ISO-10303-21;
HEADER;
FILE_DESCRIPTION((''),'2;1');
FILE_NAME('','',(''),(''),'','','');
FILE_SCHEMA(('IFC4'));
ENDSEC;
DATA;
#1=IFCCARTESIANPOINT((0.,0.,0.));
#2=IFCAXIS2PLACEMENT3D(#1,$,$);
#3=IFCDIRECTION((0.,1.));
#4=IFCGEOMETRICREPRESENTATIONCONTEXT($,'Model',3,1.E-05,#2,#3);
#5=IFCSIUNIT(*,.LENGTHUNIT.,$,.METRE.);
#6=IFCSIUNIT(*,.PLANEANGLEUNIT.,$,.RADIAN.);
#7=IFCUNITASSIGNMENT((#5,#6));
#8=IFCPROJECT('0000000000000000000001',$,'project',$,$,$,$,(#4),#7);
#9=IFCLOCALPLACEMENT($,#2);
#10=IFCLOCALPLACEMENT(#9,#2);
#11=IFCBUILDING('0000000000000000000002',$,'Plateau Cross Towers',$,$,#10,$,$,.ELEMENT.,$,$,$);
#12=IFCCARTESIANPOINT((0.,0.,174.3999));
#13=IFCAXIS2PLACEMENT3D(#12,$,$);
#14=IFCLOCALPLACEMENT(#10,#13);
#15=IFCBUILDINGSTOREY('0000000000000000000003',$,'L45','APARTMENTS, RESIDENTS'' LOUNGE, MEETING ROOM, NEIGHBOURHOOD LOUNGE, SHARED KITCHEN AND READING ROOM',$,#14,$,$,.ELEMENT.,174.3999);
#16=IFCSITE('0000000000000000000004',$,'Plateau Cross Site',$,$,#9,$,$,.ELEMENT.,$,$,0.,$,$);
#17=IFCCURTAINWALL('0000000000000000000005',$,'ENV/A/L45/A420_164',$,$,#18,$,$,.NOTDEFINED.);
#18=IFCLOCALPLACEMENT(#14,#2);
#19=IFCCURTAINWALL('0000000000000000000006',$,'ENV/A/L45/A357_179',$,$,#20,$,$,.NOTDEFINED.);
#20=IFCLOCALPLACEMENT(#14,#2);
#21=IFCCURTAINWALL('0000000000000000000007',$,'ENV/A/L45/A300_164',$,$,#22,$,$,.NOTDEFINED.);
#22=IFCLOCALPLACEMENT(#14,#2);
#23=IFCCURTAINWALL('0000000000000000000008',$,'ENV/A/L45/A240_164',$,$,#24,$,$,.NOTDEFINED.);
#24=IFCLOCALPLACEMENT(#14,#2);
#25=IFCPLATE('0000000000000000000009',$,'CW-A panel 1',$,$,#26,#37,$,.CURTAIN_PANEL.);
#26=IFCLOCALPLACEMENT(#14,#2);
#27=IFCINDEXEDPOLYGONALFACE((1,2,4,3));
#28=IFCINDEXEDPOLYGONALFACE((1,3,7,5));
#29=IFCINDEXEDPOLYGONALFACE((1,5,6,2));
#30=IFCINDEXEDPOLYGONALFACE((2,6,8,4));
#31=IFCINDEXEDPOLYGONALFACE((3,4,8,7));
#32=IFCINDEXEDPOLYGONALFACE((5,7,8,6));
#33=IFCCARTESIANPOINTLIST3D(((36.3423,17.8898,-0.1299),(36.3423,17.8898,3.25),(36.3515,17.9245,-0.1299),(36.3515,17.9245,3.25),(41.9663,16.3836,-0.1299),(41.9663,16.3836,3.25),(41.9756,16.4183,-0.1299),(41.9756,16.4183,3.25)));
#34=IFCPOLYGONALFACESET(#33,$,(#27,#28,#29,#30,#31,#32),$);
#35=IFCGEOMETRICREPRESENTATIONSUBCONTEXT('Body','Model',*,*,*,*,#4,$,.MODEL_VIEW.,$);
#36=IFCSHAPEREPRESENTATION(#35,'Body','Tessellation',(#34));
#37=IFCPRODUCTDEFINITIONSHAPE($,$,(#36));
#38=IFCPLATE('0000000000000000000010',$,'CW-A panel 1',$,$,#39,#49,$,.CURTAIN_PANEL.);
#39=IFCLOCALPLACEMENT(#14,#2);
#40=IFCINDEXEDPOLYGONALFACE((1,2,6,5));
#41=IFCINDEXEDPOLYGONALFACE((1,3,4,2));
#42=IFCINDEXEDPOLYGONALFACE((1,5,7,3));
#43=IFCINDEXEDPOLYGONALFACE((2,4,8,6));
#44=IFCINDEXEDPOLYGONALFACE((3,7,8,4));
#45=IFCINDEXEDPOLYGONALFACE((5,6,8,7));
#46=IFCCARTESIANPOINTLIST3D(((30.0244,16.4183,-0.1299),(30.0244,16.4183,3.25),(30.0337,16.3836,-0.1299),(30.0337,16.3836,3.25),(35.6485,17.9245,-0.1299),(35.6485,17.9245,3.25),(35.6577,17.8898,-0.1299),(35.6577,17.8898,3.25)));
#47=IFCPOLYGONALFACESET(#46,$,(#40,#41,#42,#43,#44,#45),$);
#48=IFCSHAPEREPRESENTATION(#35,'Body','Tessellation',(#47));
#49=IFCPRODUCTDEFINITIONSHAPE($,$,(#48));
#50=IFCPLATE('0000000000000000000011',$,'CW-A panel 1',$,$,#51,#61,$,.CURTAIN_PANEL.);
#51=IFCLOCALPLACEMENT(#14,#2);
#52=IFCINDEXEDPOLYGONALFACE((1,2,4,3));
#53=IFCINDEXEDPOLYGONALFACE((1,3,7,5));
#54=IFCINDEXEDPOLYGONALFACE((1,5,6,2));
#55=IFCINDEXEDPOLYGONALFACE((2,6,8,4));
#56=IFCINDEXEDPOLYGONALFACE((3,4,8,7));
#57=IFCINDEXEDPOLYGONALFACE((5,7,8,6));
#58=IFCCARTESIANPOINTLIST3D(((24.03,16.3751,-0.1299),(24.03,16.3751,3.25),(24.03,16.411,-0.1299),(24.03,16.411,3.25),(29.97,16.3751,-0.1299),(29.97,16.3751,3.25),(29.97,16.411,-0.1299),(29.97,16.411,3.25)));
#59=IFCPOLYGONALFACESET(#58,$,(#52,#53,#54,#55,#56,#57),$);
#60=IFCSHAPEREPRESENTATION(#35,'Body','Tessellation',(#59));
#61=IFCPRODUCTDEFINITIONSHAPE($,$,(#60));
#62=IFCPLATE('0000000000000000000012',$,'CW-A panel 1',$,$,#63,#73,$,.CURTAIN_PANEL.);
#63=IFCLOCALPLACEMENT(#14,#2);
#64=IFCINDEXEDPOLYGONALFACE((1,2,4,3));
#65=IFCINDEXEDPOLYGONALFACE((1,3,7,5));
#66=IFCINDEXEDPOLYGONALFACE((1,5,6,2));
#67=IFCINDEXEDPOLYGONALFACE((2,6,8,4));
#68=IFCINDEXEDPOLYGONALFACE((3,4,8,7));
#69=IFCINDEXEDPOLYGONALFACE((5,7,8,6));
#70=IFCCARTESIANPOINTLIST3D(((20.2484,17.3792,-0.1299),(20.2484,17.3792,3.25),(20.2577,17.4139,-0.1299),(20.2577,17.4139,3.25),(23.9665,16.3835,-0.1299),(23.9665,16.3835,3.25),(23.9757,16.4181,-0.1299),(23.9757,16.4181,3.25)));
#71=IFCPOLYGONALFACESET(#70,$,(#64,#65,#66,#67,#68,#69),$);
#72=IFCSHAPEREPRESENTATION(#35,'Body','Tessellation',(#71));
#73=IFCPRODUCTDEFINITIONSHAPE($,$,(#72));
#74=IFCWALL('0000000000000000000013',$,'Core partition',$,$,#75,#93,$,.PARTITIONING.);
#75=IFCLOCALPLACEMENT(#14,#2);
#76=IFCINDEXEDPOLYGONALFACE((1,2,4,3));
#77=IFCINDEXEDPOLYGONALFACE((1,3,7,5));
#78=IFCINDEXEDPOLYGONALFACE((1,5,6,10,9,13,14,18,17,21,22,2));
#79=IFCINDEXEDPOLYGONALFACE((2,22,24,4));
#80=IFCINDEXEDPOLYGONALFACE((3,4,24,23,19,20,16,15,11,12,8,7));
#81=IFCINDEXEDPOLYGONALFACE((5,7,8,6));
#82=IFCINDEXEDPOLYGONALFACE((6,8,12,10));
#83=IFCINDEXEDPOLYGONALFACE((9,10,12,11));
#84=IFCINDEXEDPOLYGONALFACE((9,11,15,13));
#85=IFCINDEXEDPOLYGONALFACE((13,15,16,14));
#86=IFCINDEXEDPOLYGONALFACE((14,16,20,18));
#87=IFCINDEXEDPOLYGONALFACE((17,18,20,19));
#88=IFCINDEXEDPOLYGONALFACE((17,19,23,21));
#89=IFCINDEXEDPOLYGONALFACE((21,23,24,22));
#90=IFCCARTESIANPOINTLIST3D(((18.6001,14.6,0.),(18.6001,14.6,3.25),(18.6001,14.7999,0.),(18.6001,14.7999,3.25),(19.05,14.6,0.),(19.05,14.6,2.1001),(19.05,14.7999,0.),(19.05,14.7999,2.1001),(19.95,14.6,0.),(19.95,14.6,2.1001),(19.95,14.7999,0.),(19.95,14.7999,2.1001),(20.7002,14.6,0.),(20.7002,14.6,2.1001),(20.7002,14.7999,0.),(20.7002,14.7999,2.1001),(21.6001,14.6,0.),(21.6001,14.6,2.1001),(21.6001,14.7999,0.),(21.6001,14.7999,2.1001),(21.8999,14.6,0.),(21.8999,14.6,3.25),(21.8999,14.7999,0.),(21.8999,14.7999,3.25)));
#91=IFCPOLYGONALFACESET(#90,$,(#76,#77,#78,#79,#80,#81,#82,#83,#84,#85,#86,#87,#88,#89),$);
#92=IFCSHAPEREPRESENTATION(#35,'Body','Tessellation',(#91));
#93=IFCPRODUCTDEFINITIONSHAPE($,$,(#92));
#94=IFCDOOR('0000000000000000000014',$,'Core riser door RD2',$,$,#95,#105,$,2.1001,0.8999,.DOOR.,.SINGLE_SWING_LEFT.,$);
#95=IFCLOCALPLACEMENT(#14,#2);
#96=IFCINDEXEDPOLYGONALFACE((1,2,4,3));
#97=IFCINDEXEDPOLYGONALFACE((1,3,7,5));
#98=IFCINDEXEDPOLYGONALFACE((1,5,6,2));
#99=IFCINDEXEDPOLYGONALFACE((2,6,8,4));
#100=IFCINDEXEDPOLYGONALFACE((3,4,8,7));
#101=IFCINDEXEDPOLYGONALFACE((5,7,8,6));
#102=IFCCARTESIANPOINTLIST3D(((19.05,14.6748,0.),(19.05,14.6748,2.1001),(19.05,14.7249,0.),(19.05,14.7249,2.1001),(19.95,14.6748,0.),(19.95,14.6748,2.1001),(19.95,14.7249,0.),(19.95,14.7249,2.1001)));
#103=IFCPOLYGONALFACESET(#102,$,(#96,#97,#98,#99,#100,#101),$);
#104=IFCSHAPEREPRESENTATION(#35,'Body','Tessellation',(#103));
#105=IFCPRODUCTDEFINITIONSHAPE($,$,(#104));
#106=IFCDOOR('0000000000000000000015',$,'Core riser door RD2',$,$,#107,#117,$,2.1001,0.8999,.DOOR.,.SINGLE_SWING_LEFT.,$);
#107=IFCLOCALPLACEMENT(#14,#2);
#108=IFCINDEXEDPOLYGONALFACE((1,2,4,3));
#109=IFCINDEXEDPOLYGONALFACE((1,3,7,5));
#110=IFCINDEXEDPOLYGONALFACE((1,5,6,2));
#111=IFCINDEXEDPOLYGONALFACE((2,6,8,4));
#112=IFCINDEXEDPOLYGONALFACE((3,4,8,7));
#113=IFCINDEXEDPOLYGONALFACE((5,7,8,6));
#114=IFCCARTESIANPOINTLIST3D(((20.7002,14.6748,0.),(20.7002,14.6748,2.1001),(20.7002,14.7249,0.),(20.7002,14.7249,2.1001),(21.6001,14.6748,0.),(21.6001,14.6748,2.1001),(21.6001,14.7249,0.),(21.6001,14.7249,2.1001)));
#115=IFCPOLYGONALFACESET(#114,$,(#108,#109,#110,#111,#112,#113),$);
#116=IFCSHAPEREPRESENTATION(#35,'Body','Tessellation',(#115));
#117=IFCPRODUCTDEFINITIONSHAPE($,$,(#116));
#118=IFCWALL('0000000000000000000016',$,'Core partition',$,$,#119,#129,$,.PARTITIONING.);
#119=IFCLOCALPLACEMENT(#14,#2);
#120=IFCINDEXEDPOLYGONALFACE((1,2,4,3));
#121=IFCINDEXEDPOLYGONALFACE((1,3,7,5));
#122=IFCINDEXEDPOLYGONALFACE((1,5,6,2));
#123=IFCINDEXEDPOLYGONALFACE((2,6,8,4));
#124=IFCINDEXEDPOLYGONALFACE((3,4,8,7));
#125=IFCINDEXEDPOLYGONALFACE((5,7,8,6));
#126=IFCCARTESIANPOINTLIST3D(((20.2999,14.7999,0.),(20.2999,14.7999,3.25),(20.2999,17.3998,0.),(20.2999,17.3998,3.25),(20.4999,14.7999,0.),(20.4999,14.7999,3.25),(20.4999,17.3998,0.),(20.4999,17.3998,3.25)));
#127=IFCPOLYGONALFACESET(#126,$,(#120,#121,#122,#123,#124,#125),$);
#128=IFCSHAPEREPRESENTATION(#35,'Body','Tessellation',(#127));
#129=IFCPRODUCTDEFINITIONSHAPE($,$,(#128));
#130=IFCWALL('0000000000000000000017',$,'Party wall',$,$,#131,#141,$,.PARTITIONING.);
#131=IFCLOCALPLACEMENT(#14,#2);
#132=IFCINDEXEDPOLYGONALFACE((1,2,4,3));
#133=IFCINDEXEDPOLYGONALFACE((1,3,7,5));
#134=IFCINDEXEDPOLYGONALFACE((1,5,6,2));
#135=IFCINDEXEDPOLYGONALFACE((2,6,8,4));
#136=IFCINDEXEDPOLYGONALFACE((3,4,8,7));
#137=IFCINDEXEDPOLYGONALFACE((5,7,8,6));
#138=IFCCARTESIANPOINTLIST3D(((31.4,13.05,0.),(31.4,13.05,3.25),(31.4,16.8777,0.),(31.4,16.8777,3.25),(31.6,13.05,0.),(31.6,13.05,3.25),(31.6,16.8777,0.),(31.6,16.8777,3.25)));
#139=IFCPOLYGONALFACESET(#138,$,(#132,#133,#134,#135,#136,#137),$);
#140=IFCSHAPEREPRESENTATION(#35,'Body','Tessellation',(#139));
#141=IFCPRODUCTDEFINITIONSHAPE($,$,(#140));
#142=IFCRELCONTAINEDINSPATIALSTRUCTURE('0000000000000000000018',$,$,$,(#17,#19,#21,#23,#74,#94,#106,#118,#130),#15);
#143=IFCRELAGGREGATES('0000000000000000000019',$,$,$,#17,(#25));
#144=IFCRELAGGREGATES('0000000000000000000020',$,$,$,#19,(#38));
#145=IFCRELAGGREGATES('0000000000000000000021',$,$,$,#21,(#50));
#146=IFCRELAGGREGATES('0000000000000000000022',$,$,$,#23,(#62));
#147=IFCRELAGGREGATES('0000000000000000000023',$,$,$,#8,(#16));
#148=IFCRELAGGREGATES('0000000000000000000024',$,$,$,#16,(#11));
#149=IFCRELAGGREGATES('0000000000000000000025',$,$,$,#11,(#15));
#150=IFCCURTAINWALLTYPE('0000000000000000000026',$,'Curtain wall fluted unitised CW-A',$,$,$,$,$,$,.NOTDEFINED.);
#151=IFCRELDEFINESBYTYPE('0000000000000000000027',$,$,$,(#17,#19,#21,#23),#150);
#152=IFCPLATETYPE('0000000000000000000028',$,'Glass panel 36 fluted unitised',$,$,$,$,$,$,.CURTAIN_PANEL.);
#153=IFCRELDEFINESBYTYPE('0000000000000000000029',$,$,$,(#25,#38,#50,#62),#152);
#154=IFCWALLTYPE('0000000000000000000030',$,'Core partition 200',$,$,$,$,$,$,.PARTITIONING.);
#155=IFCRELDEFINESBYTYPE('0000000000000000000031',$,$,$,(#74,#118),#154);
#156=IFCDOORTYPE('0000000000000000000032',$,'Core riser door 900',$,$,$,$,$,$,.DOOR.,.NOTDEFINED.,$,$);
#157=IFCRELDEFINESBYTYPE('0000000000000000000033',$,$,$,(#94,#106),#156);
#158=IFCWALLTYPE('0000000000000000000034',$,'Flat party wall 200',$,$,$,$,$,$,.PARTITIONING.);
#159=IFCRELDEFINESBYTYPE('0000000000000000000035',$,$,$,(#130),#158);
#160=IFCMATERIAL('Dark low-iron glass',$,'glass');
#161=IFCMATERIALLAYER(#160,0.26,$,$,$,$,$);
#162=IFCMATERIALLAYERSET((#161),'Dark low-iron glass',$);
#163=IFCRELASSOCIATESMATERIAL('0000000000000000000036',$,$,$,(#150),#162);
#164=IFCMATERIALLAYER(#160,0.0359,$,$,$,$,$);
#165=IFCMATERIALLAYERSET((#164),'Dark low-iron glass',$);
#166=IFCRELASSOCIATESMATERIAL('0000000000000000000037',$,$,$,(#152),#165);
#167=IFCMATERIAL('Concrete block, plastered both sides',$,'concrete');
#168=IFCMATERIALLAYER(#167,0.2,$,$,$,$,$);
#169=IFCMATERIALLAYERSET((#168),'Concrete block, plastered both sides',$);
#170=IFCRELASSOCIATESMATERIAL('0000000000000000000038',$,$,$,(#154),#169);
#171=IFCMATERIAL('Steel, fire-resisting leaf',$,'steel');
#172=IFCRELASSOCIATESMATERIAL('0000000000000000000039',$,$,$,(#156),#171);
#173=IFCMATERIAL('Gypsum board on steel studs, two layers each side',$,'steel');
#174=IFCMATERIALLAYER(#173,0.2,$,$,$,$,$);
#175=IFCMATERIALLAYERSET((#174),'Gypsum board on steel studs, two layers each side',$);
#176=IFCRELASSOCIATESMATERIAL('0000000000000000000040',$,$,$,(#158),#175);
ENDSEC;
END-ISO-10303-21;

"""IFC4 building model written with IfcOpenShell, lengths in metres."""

from ifc_helpers import new_model, si_unit, direction, frame, frame_2d, origin, origin_2d, place, context, subcontext, project, spatial, rectangle, extrude, material, layer, layer_set, type_object, element, fill, aggregate, save


model = new_model("IFC4")

# Units and contexts
model_context = context("Model", 3, precision=1e-05, world=origin(), true_north=direction((0.0, 1.0)))
body_context = subcontext(model_context, "Body", "Model", "MODEL_VIEW")
ifc_project = project(units=[si_unit("LENGTHUNIT", "METRE"), si_unit("PLANEANGLEUNIT", "RADIAN")], contexts=[model_context])

# Site, building, storey
site_placement = place(None, origin())
site = spatial("IfcSite", under=ifc_project, at=site_placement, Name="Plateau Cross Site", CompositionType="ELEMENT", RefElevation=0.0)
building_placement = place(site_placement, origin())
building = spatial("IfcBuilding", under=site, at=building_placement, Name="Plateau Cross Towers", CompositionType="ELEMENT")
storey_placement = place(building_placement, frame((0.0, 0.0, 174.3999)))
storey = spatial("IfcBuildingStorey", under=building, at=storey_placement, Name="L45", Description="APARTMENTS, RESIDENTS' LOUNGE, MEETING ROOM, NEIGHBOURHOOD LOUNGE, SHARED KITCHEN AND READING ROOM", CompositionType="ELEMENT", Elevation=174.3999)

# Shared definitions
ifc_material_1 = material(Name="Dark low-iron glass", Category="glass")

# Curtain walls
ifc_layer_1 = layer(ifc_material_1, 0.26)
ifc_layer_set_1 = layer_set([ifc_layer_1], Name="Dark low-iron glass")
curtain_wall_type_1 = type_object("IfcCurtainWallType", Name="Curtain wall fluted unitised CW-A", PredefinedType="NOTDEFINED", material=ifc_layer_set_1)
curtain_wall_1_placement = place(storey_placement, origin())
curtain_wall_1 = element("IfcCurtainWall", 1, at=curtain_wall_1_placement, inside=storey, type_object=curtain_wall_type_1, Name="ENV/A/L45/A420_164", PredefinedType="NOTDEFINED")
curtain_wall_2_placement = place(storey_placement, origin())
curtain_wall_2 = element("IfcCurtainWall", 2, at=curtain_wall_2_placement, inside=storey, type_object=curtain_wall_type_1, Name="ENV/A/L45/A357_179", PredefinedType="NOTDEFINED")
curtain_wall_3_placement = place(storey_placement, origin())
curtain_wall_3 = element("IfcCurtainWall", 3, at=curtain_wall_3_placement, inside=storey, type_object=curtain_wall_type_1, Name="ENV/A/L45/A300_164", PredefinedType="NOTDEFINED")
curtain_wall_4_placement = place(storey_placement, origin())
curtain_wall_4 = element("IfcCurtainWall", 4, at=curtain_wall_4_placement, inside=storey, type_object=curtain_wall_type_1, Name="ENV/A/L45/A240_164", PredefinedType="NOTDEFINED")

# Plates
ifc_layer_2 = layer(ifc_material_1, 0.0359)
ifc_layer_set_2 = layer_set([ifc_layer_2], Name="Dark low-iron glass")
plate_type_1 = type_object("IfcPlateType", Name="Glass panel 36 fluted unitised", PredefinedType="CURTAIN_PANEL", material=ifc_layer_set_2)
plate_1_placement = place(storey_placement, frame((39.1589, 17.1541, -0.1299), z_axis=(0.0, 0.0, 1.0), x_axis=(-0.965958, 0.258699, 0.0)))
plate_1 = element("IfcPlate", 5, at=plate_1_placement, type_object=plate_type_1, Name="CW-A panel 1", PredefinedType="CURTAIN_PANEL", context=body_context, shape_type="SweptSolid", body=[
    extrude(rectangle(XDim=5.8223, YDim=0.0359, at=origin_2d()), origin(), (0.0, 0.0, 1.0), 3.3799),
])
aggregate(curtain_wall_1, [plate_1])
plate_2_placement = place(storey_placement, frame((32.8411, 17.1541, -0.1299), z_axis=(0.0, 0.0, 1.0), x_axis=(-0.965958, -0.258699, 0.0)))
plate_2 = element("IfcPlate", 6, at=plate_2_placement, type_object=plate_type_1, Name="CW-A panel 1", PredefinedType="CURTAIN_PANEL", context=body_context, shape_type="SweptSolid", body=[
    extrude(rectangle(XDim=5.8223, YDim=0.0359, at=origin_2d()), origin(), (0.0, 0.0, 1.0), 3.3799),
])
aggregate(curtain_wall_2, [plate_2])
plate_3_placement = place(storey_placement, frame((27.0, 16.3931, -0.1299), z_axis=(0.0, 0.0, 1.0), x_axis=(-1.0, 0.0, 0.0)))
plate_3 = element("IfcPlate", 7, at=plate_3_placement, type_object=plate_type_1, Name="CW-A panel 1", PredefinedType="CURTAIN_PANEL", context=body_context, shape_type="SweptSolid", body=[
    extrude(rectangle(XDim=5.9399, YDim=0.0359, at=origin_2d()), origin(), (0.0, 0.0, 1.0), 3.3799),
])
aggregate(curtain_wall_3, [plate_3])
plate_4_placement = place(storey_placement, frame((22.1121, 16.8987, -0.1299), z_axis=(0.0, 0.0, 1.0), x_axis=(-0.965958, 0.258699, 0.0)))
plate_4 = element("IfcPlate", 8, at=plate_4_placement, type_object=plate_type_1, Name="CW-A panel 1", PredefinedType="CURTAIN_PANEL", context=body_context, shape_type="SweptSolid", body=[
    extrude(rectangle(XDim=3.8491, YDim=0.0359, at=origin_2d()), origin(), (0.0, 0.0, 1.0), 3.3799),
])
aggregate(curtain_wall_4, [plate_4])

# Wall, openings, doors
ifc_material_2 = material(Name="Concrete block, plastered both sides", Category="concrete")
ifc_layer_3 = layer(ifc_material_2, 0.2)
ifc_layer_set_3 = layer_set([ifc_layer_3], Name="Concrete block, plastered both sides")
wall_type_1 = type_object("IfcWallType", Name="Core partition 200", PredefinedType="PARTITIONING", material=ifc_layer_set_3)
wall_1_placement = place(storey_placement, frame((18.6001, 14.7, 0.0), z_axis=(0.0, 0.0, 1.0), x_axis=(1.0, 0.0, 0.0)))
wall_1 = element("IfcWall", 9, at=wall_1_placement, inside=storey, type_object=wall_type_1, Name="Core partition", PredefinedType="PARTITIONING", context=body_context, shape_type="SweptSolid", body=[
    extrude(rectangle(XDim=3.2998, YDim=0.2, at=frame_2d((1.6499, 0.0))), origin(), (0.0, 0.0, 1.0), 3.25),
])
opening_1_placement = place(wall_1_placement, frame((0.45, 0.0, 0.0)))
opening_1 = element("IfcOpeningElement", 10, at=opening_1_placement, cuts=wall_1, PredefinedType="OPENING", context=body_context, shape_type="SweptSolid", body=[
    extrude(rectangle(XDim=0.8999, YDim=2.1001, at=frame_2d((0.45, 1.05))), frame((0.0, 0.1099, 0.0), z_axis=(0.0, -1.0, 0.0), x_axis=(1.0, 0.0, 0.0)), (0.0, 0.0, 1.0), 0.22),
])
opening_2_placement = place(wall_1_placement, frame((2.1001, 0.0, 0.0)))
opening_2 = element("IfcOpeningElement", 11, at=opening_2_placement, cuts=wall_1, PredefinedType="OPENING", context=body_context, shape_type="SweptSolid", body=[
    extrude(rectangle(XDim=0.8999, YDim=2.1001, at=frame_2d((0.45, 1.05))), frame((0.0, 0.1099, 0.0), z_axis=(0.0, -1.0, 0.0), x_axis=(1.0, 0.0, 0.0)), (0.0, 0.0, 1.0), 0.22),
])
ifc_material_3 = material(Name="Steel, fire-resisting leaf", Category="steel")
door_type = type_object("IfcDoorType", Name="Core riser door 900", OperationType="NOTDEFINED", PredefinedType="DOOR", material=ifc_material_3)
door_1_placement = place(opening_1_placement, origin())
door_1 = element("IfcDoor", 12, at=door_1_placement, inside=storey, type_object=door_type, Name="Core riser door RD2", OperationType="SINGLE_SWING_LEFT", OverallHeight=2.1001, OverallWidth=0.8999, PredefinedType="DOOR", context=body_context, shape_type="SweptSolid", body=[
    extrude(rectangle(XDim=0.8999, YDim=2.1001, at=frame_2d((0.45, 1.05))), frame((0.0, 0.0249, 0.0), z_axis=(0.0, -1.0, 0.0), x_axis=(1.0, 0.0, 0.0)), (0.0, 0.0, 1.0), 0.05),
])
fill(opening_1, door_1)
door_2_placement = place(opening_2_placement, origin())
door_2 = element("IfcDoor", 13, at=door_2_placement, inside=storey, type_object=door_type, Name="Core riser door RD2", OperationType="SINGLE_SWING_LEFT", OverallHeight=2.1001, OverallWidth=0.8999, PredefinedType="DOOR", context=body_context, shape_type="SweptSolid", body=[
    extrude(rectangle(XDim=0.8999, YDim=2.1001, at=frame_2d((0.45, 1.05))), frame((0.0, 0.0249, 0.0), z_axis=(0.0, -1.0, 0.0), x_axis=(1.0, 0.0, 0.0)), (0.0, 0.0, 1.0), 0.05),
])
fill(opening_2, door_2)

# Walls
wall_2_placement = place(storey_placement, frame((20.3999, 14.8, 0.0), z_axis=(0.0, 0.0, 1.0), x_axis=(0.0, 1.0, 0.0)))
element("IfcWall", 14, at=wall_2_placement, inside=storey, type_object=wall_type_1, Name="Core partition", PredefinedType="PARTITIONING", context=body_context, shape_type="SweptSolid", body=[
    extrude(rectangle(XDim=2.5999, YDim=0.2, at=frame_2d((1.2998, 0.0))), origin(), (0.0, 0.0, 1.0), 3.25),
])
ifc_material_4 = material(Name="Gypsum board on steel studs, two layers each side", Category="steel")
ifc_layer_4 = layer(ifc_material_4, 0.2)
ifc_layer_set_4 = layer_set([ifc_layer_4], Name="Gypsum board on steel studs, two layers each side")
wall_type_2 = type_object("IfcWallType", Name="Flat party wall 200", PredefinedType="PARTITIONING", material=ifc_layer_set_4)
wall_3_placement = place(storey_placement, frame((31.5, 16.8777, 0.0), z_axis=(0.0, 0.0, 1.0), x_axis=(0.0, -1.0, 0.0)))
element("IfcWall", 15, at=wall_3_placement, inside=storey, type_object=wall_type_2, Name="Party wall", PredefinedType="PARTITIONING", context=body_context, shape_type="SweptSolid", body=[
    extrude(rectangle(XDim=3.8276, YDim=0.2, at=frame_2d((1.9138, 0.0))), origin(), (0.0, 0.0, 1.0), 3.25),
])

save(model, "model.ifc")
